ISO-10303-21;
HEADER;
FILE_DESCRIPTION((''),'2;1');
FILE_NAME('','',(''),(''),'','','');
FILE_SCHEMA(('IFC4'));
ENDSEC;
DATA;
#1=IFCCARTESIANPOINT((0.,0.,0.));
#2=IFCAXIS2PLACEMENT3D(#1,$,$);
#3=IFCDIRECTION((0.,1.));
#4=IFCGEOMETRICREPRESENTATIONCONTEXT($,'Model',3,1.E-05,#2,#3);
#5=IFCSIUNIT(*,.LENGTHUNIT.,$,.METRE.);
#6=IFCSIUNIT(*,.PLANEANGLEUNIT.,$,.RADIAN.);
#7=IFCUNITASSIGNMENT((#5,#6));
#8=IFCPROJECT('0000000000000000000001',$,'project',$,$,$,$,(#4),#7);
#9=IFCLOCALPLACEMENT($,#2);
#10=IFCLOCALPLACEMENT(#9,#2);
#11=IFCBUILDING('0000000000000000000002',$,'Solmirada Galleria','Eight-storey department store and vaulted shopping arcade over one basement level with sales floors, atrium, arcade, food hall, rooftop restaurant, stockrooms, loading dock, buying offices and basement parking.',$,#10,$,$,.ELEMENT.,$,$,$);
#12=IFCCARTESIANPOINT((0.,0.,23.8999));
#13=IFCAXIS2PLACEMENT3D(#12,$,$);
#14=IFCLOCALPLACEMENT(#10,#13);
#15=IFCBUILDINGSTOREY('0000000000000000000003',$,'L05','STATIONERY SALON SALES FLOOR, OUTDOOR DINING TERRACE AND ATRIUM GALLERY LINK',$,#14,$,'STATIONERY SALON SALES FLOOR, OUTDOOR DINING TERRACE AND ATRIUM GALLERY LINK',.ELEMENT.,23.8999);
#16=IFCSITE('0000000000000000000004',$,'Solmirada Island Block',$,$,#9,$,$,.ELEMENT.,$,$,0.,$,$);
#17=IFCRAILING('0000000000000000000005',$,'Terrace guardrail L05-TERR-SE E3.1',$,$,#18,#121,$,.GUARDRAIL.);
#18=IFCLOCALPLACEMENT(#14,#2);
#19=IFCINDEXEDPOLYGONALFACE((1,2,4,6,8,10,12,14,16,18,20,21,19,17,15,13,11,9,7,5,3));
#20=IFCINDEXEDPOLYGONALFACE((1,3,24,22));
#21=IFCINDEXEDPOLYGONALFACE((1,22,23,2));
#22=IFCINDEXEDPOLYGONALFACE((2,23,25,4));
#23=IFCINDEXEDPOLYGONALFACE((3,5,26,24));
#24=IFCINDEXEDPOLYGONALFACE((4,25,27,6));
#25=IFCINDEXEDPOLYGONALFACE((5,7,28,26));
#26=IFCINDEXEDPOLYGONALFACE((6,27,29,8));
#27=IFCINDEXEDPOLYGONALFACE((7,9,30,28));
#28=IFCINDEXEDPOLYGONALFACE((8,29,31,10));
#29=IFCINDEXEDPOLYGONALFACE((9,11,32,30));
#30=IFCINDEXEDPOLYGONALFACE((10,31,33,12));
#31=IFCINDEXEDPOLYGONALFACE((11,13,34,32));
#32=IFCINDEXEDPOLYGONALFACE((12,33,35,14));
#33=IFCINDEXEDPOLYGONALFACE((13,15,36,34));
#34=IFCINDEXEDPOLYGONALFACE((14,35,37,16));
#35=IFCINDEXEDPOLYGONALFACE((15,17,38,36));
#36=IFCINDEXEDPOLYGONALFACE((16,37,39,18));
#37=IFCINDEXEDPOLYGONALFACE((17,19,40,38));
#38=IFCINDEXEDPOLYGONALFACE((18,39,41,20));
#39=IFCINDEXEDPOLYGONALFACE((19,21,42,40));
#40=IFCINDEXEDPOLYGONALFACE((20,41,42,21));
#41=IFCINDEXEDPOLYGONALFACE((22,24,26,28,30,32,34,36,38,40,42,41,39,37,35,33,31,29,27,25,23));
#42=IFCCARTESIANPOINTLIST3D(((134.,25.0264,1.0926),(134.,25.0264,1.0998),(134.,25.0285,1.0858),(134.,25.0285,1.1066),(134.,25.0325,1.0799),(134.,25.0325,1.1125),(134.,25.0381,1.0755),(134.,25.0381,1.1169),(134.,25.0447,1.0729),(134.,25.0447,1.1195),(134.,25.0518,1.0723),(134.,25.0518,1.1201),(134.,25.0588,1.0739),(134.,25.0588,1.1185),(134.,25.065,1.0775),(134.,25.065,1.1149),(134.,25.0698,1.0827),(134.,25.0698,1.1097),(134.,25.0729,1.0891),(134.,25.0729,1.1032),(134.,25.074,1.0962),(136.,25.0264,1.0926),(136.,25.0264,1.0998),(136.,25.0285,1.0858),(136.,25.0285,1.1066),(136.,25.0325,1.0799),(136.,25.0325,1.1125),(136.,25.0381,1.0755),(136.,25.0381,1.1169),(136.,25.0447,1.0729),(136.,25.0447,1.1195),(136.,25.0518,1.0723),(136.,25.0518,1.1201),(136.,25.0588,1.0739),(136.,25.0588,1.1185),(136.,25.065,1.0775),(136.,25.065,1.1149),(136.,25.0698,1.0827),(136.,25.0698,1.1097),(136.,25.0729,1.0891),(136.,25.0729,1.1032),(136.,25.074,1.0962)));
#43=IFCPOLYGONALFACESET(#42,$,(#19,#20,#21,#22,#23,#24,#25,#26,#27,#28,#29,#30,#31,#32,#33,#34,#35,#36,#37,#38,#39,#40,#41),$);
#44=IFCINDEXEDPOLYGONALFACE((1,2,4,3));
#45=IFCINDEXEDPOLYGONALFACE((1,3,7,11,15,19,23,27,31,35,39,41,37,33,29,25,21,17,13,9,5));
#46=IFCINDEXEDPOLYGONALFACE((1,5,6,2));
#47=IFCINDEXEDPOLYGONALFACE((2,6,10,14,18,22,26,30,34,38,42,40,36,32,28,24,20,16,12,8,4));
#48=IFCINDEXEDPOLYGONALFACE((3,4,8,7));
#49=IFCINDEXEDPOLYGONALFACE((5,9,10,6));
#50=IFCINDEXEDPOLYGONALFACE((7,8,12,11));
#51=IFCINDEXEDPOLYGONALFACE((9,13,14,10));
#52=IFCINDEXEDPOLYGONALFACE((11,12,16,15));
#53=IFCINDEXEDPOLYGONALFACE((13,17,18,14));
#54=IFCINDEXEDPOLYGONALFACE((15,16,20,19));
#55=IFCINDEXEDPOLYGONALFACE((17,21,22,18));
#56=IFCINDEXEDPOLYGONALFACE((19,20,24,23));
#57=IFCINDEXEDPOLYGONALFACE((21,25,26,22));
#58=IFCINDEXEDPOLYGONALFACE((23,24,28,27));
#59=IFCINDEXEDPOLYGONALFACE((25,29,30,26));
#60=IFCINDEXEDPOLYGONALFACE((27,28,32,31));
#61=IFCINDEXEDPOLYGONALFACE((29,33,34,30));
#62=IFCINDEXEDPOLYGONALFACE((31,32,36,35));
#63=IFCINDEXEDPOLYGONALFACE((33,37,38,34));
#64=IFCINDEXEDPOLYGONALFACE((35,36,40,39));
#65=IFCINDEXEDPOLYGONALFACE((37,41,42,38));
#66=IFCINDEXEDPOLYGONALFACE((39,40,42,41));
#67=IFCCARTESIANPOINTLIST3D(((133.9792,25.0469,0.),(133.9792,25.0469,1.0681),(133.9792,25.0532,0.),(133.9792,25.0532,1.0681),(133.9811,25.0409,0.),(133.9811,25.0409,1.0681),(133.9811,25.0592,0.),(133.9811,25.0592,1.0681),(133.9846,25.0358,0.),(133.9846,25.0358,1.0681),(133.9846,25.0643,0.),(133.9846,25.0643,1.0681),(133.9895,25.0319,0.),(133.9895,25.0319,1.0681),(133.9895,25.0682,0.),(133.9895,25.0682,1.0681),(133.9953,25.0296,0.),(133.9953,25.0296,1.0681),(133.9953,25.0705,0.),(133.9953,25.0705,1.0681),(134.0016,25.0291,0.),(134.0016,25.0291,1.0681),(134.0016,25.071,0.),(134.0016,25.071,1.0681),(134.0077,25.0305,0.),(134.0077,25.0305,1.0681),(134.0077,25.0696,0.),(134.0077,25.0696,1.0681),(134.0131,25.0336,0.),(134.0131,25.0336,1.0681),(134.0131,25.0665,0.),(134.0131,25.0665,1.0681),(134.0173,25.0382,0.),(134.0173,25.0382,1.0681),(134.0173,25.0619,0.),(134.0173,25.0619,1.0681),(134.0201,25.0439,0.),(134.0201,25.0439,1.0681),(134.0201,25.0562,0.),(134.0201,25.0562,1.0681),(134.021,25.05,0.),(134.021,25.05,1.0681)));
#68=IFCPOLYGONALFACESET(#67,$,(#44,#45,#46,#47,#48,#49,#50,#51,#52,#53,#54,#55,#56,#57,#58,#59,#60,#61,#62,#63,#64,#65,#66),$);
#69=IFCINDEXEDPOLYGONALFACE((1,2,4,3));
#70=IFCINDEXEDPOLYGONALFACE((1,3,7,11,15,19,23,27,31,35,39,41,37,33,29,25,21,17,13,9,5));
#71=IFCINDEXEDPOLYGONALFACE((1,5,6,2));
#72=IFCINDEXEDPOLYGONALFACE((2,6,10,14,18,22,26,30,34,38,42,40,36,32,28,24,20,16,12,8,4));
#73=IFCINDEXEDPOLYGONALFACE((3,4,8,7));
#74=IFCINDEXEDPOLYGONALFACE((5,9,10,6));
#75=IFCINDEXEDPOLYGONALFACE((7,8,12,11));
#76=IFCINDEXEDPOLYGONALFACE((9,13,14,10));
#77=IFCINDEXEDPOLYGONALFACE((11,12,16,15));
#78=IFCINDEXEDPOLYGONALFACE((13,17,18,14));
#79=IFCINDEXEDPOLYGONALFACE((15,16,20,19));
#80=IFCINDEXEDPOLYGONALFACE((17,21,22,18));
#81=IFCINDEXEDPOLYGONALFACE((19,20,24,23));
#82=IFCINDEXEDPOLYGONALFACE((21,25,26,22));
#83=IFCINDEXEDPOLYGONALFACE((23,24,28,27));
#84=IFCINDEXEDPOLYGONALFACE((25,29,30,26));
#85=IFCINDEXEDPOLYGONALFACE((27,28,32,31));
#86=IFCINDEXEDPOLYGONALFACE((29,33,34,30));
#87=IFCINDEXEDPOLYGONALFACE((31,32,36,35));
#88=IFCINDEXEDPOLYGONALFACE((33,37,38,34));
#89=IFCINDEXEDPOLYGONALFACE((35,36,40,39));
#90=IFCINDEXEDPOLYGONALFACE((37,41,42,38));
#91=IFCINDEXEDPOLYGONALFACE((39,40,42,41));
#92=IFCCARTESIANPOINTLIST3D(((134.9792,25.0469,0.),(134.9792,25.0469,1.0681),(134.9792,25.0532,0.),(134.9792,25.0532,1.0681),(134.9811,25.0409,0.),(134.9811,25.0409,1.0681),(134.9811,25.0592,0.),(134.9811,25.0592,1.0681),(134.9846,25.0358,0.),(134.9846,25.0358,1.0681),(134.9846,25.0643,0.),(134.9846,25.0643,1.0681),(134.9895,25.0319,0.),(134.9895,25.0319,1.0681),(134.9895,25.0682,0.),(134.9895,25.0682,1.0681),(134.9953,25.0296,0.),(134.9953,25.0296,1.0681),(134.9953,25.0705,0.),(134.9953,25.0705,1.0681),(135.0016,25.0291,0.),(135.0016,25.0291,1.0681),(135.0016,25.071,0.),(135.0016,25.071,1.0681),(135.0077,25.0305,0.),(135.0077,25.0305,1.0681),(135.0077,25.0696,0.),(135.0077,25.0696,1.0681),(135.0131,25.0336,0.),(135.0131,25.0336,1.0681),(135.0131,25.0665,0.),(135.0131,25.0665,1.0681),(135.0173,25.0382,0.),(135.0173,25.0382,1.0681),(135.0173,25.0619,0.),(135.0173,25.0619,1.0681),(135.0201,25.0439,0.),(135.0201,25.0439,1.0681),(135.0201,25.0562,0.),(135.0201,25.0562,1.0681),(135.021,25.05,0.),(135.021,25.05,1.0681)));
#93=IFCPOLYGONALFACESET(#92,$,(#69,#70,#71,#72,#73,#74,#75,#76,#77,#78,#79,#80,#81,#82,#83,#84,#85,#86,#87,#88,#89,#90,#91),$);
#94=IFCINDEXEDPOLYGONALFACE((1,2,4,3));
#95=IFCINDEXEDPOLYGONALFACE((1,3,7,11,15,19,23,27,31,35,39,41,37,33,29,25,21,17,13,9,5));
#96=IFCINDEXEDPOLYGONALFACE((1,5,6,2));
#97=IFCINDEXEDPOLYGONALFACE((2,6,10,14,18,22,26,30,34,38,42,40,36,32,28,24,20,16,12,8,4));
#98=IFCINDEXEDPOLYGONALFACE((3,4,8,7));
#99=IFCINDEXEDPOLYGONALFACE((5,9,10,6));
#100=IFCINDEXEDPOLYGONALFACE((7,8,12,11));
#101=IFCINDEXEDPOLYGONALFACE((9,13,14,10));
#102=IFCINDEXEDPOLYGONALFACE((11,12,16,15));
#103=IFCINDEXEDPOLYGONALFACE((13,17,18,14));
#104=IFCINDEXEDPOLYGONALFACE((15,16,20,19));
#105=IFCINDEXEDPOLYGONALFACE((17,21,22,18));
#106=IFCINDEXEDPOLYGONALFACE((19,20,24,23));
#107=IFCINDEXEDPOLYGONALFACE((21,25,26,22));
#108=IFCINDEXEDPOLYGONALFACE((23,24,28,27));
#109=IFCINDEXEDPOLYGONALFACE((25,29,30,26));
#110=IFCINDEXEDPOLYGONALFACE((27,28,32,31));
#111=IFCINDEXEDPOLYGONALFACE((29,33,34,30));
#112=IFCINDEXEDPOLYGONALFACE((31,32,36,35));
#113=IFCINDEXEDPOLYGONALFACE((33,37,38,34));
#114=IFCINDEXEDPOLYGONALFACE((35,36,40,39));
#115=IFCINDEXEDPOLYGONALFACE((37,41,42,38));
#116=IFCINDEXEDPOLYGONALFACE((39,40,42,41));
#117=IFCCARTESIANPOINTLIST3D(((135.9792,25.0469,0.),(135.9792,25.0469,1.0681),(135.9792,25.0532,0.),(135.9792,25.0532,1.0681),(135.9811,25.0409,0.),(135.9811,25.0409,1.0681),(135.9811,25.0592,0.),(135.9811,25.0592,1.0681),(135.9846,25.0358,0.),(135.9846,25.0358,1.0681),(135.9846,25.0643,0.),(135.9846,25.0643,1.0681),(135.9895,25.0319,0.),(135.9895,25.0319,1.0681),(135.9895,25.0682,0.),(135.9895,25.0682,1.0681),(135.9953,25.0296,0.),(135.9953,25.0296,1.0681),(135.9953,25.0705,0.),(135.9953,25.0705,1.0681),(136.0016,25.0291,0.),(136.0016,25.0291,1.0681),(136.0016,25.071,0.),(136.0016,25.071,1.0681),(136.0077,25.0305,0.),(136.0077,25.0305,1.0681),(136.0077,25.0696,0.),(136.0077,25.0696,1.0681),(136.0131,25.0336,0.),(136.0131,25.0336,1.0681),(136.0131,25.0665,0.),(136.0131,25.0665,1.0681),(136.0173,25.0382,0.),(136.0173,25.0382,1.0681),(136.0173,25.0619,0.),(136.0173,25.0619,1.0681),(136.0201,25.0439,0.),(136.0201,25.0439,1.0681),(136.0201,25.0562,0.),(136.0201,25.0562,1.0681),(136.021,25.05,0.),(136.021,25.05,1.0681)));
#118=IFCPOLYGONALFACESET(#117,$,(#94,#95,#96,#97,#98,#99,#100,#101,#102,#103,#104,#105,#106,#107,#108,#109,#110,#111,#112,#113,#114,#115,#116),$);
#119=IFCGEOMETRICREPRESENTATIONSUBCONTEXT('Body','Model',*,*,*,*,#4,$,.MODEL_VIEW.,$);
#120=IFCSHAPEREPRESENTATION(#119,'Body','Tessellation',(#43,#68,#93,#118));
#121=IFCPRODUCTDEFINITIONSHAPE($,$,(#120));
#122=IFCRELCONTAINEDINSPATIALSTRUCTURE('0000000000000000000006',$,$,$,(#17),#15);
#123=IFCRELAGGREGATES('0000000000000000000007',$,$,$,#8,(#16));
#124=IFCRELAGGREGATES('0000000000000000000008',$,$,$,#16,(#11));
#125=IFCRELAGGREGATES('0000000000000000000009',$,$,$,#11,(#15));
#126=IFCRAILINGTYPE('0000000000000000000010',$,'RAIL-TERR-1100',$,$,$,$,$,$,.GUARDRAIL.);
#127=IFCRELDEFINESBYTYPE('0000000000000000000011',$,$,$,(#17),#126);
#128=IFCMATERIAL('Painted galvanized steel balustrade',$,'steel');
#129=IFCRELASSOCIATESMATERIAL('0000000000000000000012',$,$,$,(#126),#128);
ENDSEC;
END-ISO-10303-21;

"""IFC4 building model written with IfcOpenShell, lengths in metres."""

from ifc_helpers import new_model, si_unit, direction, frame, origin, origin_2d, place, context, subcontext, project, spatial, circle, extrude, material, type_object, element, save


model = new_model("IFC4")

# Units and contexts
model_context = context("Model", 3, precision=1e-05, world=origin(), true_north=direction((0.0, 1.0)))
body_context = subcontext(model_context, "Body", "Model", "MODEL_VIEW")
ifc_project = project(units=[si_unit("LENGTHUNIT", "METRE"), si_unit("PLANEANGLEUNIT", "RADIAN")], contexts=[model_context])

# Site, building, storey
site_placement = place(None, origin())
site = spatial("IfcSite", under=ifc_project, at=site_placement, Name="Solmirada Island Block", CompositionType="ELEMENT", RefElevation=0.0)
building_placement = place(site_placement, origin())
building = spatial("IfcBuilding", under=site, at=building_placement, Name="Solmirada Galleria", Description="Eight-storey department store and vaulted shopping arcade over one basement level with sales floors, atrium, arcade, food hall, rooftop restaurant, stockrooms, loading dock, buying offices and basement parking.", CompositionType="ELEMENT")
storey_placement = place(building_placement, frame((0.0, 0.0, 23.8999)))
storey = spatial("IfcBuildingStorey", under=building, at=storey_placement, Name="L05", Description="STATIONERY SALON SALES FLOOR, OUTDOOR DINING TERRACE AND ATRIUM GALLERY LINK", LongName="STATIONERY SALON SALES FLOOR, OUTDOOR DINING TERRACE AND ATRIUM GALLERY LINK", CompositionType="ELEMENT", Elevation=23.8999)

# Railing
ifc_material_1 = material(Name="Painted galvanized steel balustrade", Category="steel")
railing_type = type_object("IfcRailingType", Name="RAIL-TERR-1100", PredefinedType="GUARDRAIL", material=ifc_material_1)
railing_1_placement = place(storey_placement, frame((134.0, 25.05, 0.0)))
element("IfcRailing", 1, at=railing_1_placement, inside=storey, type_object=railing_type, Name="Terrace guardrail L05-TERR-SE E3.1", PredefinedType="GUARDRAIL", context=body_context, shape_type="SweptSolid", body=[
    extrude(circle(Radius=0.0239, at=origin_2d()), frame((0.0, 0.0, 1.0962), z_axis=(1.0, 0.0, 0.0), x_axis=(0.0, 1.0, 0.0)), (0.0, 0.0, 1.0), 2.0),
    extrude(circle(Radius=0.021, at=origin_2d()), origin(), (0.0, 0.0, 1.0), 1.0681),
    extrude(circle(Radius=0.021, at=origin_2d()), frame((1.0, 0.0, 0.0)), (0.0, 0.0, 1.0), 1.0681),
    extrude(circle(Radius=0.021, at=origin_2d()), frame((2.0, 0.0, 0.0)), (0.0, 0.0, 1.0), 1.0681),
])

save(model, "model.ifc")
